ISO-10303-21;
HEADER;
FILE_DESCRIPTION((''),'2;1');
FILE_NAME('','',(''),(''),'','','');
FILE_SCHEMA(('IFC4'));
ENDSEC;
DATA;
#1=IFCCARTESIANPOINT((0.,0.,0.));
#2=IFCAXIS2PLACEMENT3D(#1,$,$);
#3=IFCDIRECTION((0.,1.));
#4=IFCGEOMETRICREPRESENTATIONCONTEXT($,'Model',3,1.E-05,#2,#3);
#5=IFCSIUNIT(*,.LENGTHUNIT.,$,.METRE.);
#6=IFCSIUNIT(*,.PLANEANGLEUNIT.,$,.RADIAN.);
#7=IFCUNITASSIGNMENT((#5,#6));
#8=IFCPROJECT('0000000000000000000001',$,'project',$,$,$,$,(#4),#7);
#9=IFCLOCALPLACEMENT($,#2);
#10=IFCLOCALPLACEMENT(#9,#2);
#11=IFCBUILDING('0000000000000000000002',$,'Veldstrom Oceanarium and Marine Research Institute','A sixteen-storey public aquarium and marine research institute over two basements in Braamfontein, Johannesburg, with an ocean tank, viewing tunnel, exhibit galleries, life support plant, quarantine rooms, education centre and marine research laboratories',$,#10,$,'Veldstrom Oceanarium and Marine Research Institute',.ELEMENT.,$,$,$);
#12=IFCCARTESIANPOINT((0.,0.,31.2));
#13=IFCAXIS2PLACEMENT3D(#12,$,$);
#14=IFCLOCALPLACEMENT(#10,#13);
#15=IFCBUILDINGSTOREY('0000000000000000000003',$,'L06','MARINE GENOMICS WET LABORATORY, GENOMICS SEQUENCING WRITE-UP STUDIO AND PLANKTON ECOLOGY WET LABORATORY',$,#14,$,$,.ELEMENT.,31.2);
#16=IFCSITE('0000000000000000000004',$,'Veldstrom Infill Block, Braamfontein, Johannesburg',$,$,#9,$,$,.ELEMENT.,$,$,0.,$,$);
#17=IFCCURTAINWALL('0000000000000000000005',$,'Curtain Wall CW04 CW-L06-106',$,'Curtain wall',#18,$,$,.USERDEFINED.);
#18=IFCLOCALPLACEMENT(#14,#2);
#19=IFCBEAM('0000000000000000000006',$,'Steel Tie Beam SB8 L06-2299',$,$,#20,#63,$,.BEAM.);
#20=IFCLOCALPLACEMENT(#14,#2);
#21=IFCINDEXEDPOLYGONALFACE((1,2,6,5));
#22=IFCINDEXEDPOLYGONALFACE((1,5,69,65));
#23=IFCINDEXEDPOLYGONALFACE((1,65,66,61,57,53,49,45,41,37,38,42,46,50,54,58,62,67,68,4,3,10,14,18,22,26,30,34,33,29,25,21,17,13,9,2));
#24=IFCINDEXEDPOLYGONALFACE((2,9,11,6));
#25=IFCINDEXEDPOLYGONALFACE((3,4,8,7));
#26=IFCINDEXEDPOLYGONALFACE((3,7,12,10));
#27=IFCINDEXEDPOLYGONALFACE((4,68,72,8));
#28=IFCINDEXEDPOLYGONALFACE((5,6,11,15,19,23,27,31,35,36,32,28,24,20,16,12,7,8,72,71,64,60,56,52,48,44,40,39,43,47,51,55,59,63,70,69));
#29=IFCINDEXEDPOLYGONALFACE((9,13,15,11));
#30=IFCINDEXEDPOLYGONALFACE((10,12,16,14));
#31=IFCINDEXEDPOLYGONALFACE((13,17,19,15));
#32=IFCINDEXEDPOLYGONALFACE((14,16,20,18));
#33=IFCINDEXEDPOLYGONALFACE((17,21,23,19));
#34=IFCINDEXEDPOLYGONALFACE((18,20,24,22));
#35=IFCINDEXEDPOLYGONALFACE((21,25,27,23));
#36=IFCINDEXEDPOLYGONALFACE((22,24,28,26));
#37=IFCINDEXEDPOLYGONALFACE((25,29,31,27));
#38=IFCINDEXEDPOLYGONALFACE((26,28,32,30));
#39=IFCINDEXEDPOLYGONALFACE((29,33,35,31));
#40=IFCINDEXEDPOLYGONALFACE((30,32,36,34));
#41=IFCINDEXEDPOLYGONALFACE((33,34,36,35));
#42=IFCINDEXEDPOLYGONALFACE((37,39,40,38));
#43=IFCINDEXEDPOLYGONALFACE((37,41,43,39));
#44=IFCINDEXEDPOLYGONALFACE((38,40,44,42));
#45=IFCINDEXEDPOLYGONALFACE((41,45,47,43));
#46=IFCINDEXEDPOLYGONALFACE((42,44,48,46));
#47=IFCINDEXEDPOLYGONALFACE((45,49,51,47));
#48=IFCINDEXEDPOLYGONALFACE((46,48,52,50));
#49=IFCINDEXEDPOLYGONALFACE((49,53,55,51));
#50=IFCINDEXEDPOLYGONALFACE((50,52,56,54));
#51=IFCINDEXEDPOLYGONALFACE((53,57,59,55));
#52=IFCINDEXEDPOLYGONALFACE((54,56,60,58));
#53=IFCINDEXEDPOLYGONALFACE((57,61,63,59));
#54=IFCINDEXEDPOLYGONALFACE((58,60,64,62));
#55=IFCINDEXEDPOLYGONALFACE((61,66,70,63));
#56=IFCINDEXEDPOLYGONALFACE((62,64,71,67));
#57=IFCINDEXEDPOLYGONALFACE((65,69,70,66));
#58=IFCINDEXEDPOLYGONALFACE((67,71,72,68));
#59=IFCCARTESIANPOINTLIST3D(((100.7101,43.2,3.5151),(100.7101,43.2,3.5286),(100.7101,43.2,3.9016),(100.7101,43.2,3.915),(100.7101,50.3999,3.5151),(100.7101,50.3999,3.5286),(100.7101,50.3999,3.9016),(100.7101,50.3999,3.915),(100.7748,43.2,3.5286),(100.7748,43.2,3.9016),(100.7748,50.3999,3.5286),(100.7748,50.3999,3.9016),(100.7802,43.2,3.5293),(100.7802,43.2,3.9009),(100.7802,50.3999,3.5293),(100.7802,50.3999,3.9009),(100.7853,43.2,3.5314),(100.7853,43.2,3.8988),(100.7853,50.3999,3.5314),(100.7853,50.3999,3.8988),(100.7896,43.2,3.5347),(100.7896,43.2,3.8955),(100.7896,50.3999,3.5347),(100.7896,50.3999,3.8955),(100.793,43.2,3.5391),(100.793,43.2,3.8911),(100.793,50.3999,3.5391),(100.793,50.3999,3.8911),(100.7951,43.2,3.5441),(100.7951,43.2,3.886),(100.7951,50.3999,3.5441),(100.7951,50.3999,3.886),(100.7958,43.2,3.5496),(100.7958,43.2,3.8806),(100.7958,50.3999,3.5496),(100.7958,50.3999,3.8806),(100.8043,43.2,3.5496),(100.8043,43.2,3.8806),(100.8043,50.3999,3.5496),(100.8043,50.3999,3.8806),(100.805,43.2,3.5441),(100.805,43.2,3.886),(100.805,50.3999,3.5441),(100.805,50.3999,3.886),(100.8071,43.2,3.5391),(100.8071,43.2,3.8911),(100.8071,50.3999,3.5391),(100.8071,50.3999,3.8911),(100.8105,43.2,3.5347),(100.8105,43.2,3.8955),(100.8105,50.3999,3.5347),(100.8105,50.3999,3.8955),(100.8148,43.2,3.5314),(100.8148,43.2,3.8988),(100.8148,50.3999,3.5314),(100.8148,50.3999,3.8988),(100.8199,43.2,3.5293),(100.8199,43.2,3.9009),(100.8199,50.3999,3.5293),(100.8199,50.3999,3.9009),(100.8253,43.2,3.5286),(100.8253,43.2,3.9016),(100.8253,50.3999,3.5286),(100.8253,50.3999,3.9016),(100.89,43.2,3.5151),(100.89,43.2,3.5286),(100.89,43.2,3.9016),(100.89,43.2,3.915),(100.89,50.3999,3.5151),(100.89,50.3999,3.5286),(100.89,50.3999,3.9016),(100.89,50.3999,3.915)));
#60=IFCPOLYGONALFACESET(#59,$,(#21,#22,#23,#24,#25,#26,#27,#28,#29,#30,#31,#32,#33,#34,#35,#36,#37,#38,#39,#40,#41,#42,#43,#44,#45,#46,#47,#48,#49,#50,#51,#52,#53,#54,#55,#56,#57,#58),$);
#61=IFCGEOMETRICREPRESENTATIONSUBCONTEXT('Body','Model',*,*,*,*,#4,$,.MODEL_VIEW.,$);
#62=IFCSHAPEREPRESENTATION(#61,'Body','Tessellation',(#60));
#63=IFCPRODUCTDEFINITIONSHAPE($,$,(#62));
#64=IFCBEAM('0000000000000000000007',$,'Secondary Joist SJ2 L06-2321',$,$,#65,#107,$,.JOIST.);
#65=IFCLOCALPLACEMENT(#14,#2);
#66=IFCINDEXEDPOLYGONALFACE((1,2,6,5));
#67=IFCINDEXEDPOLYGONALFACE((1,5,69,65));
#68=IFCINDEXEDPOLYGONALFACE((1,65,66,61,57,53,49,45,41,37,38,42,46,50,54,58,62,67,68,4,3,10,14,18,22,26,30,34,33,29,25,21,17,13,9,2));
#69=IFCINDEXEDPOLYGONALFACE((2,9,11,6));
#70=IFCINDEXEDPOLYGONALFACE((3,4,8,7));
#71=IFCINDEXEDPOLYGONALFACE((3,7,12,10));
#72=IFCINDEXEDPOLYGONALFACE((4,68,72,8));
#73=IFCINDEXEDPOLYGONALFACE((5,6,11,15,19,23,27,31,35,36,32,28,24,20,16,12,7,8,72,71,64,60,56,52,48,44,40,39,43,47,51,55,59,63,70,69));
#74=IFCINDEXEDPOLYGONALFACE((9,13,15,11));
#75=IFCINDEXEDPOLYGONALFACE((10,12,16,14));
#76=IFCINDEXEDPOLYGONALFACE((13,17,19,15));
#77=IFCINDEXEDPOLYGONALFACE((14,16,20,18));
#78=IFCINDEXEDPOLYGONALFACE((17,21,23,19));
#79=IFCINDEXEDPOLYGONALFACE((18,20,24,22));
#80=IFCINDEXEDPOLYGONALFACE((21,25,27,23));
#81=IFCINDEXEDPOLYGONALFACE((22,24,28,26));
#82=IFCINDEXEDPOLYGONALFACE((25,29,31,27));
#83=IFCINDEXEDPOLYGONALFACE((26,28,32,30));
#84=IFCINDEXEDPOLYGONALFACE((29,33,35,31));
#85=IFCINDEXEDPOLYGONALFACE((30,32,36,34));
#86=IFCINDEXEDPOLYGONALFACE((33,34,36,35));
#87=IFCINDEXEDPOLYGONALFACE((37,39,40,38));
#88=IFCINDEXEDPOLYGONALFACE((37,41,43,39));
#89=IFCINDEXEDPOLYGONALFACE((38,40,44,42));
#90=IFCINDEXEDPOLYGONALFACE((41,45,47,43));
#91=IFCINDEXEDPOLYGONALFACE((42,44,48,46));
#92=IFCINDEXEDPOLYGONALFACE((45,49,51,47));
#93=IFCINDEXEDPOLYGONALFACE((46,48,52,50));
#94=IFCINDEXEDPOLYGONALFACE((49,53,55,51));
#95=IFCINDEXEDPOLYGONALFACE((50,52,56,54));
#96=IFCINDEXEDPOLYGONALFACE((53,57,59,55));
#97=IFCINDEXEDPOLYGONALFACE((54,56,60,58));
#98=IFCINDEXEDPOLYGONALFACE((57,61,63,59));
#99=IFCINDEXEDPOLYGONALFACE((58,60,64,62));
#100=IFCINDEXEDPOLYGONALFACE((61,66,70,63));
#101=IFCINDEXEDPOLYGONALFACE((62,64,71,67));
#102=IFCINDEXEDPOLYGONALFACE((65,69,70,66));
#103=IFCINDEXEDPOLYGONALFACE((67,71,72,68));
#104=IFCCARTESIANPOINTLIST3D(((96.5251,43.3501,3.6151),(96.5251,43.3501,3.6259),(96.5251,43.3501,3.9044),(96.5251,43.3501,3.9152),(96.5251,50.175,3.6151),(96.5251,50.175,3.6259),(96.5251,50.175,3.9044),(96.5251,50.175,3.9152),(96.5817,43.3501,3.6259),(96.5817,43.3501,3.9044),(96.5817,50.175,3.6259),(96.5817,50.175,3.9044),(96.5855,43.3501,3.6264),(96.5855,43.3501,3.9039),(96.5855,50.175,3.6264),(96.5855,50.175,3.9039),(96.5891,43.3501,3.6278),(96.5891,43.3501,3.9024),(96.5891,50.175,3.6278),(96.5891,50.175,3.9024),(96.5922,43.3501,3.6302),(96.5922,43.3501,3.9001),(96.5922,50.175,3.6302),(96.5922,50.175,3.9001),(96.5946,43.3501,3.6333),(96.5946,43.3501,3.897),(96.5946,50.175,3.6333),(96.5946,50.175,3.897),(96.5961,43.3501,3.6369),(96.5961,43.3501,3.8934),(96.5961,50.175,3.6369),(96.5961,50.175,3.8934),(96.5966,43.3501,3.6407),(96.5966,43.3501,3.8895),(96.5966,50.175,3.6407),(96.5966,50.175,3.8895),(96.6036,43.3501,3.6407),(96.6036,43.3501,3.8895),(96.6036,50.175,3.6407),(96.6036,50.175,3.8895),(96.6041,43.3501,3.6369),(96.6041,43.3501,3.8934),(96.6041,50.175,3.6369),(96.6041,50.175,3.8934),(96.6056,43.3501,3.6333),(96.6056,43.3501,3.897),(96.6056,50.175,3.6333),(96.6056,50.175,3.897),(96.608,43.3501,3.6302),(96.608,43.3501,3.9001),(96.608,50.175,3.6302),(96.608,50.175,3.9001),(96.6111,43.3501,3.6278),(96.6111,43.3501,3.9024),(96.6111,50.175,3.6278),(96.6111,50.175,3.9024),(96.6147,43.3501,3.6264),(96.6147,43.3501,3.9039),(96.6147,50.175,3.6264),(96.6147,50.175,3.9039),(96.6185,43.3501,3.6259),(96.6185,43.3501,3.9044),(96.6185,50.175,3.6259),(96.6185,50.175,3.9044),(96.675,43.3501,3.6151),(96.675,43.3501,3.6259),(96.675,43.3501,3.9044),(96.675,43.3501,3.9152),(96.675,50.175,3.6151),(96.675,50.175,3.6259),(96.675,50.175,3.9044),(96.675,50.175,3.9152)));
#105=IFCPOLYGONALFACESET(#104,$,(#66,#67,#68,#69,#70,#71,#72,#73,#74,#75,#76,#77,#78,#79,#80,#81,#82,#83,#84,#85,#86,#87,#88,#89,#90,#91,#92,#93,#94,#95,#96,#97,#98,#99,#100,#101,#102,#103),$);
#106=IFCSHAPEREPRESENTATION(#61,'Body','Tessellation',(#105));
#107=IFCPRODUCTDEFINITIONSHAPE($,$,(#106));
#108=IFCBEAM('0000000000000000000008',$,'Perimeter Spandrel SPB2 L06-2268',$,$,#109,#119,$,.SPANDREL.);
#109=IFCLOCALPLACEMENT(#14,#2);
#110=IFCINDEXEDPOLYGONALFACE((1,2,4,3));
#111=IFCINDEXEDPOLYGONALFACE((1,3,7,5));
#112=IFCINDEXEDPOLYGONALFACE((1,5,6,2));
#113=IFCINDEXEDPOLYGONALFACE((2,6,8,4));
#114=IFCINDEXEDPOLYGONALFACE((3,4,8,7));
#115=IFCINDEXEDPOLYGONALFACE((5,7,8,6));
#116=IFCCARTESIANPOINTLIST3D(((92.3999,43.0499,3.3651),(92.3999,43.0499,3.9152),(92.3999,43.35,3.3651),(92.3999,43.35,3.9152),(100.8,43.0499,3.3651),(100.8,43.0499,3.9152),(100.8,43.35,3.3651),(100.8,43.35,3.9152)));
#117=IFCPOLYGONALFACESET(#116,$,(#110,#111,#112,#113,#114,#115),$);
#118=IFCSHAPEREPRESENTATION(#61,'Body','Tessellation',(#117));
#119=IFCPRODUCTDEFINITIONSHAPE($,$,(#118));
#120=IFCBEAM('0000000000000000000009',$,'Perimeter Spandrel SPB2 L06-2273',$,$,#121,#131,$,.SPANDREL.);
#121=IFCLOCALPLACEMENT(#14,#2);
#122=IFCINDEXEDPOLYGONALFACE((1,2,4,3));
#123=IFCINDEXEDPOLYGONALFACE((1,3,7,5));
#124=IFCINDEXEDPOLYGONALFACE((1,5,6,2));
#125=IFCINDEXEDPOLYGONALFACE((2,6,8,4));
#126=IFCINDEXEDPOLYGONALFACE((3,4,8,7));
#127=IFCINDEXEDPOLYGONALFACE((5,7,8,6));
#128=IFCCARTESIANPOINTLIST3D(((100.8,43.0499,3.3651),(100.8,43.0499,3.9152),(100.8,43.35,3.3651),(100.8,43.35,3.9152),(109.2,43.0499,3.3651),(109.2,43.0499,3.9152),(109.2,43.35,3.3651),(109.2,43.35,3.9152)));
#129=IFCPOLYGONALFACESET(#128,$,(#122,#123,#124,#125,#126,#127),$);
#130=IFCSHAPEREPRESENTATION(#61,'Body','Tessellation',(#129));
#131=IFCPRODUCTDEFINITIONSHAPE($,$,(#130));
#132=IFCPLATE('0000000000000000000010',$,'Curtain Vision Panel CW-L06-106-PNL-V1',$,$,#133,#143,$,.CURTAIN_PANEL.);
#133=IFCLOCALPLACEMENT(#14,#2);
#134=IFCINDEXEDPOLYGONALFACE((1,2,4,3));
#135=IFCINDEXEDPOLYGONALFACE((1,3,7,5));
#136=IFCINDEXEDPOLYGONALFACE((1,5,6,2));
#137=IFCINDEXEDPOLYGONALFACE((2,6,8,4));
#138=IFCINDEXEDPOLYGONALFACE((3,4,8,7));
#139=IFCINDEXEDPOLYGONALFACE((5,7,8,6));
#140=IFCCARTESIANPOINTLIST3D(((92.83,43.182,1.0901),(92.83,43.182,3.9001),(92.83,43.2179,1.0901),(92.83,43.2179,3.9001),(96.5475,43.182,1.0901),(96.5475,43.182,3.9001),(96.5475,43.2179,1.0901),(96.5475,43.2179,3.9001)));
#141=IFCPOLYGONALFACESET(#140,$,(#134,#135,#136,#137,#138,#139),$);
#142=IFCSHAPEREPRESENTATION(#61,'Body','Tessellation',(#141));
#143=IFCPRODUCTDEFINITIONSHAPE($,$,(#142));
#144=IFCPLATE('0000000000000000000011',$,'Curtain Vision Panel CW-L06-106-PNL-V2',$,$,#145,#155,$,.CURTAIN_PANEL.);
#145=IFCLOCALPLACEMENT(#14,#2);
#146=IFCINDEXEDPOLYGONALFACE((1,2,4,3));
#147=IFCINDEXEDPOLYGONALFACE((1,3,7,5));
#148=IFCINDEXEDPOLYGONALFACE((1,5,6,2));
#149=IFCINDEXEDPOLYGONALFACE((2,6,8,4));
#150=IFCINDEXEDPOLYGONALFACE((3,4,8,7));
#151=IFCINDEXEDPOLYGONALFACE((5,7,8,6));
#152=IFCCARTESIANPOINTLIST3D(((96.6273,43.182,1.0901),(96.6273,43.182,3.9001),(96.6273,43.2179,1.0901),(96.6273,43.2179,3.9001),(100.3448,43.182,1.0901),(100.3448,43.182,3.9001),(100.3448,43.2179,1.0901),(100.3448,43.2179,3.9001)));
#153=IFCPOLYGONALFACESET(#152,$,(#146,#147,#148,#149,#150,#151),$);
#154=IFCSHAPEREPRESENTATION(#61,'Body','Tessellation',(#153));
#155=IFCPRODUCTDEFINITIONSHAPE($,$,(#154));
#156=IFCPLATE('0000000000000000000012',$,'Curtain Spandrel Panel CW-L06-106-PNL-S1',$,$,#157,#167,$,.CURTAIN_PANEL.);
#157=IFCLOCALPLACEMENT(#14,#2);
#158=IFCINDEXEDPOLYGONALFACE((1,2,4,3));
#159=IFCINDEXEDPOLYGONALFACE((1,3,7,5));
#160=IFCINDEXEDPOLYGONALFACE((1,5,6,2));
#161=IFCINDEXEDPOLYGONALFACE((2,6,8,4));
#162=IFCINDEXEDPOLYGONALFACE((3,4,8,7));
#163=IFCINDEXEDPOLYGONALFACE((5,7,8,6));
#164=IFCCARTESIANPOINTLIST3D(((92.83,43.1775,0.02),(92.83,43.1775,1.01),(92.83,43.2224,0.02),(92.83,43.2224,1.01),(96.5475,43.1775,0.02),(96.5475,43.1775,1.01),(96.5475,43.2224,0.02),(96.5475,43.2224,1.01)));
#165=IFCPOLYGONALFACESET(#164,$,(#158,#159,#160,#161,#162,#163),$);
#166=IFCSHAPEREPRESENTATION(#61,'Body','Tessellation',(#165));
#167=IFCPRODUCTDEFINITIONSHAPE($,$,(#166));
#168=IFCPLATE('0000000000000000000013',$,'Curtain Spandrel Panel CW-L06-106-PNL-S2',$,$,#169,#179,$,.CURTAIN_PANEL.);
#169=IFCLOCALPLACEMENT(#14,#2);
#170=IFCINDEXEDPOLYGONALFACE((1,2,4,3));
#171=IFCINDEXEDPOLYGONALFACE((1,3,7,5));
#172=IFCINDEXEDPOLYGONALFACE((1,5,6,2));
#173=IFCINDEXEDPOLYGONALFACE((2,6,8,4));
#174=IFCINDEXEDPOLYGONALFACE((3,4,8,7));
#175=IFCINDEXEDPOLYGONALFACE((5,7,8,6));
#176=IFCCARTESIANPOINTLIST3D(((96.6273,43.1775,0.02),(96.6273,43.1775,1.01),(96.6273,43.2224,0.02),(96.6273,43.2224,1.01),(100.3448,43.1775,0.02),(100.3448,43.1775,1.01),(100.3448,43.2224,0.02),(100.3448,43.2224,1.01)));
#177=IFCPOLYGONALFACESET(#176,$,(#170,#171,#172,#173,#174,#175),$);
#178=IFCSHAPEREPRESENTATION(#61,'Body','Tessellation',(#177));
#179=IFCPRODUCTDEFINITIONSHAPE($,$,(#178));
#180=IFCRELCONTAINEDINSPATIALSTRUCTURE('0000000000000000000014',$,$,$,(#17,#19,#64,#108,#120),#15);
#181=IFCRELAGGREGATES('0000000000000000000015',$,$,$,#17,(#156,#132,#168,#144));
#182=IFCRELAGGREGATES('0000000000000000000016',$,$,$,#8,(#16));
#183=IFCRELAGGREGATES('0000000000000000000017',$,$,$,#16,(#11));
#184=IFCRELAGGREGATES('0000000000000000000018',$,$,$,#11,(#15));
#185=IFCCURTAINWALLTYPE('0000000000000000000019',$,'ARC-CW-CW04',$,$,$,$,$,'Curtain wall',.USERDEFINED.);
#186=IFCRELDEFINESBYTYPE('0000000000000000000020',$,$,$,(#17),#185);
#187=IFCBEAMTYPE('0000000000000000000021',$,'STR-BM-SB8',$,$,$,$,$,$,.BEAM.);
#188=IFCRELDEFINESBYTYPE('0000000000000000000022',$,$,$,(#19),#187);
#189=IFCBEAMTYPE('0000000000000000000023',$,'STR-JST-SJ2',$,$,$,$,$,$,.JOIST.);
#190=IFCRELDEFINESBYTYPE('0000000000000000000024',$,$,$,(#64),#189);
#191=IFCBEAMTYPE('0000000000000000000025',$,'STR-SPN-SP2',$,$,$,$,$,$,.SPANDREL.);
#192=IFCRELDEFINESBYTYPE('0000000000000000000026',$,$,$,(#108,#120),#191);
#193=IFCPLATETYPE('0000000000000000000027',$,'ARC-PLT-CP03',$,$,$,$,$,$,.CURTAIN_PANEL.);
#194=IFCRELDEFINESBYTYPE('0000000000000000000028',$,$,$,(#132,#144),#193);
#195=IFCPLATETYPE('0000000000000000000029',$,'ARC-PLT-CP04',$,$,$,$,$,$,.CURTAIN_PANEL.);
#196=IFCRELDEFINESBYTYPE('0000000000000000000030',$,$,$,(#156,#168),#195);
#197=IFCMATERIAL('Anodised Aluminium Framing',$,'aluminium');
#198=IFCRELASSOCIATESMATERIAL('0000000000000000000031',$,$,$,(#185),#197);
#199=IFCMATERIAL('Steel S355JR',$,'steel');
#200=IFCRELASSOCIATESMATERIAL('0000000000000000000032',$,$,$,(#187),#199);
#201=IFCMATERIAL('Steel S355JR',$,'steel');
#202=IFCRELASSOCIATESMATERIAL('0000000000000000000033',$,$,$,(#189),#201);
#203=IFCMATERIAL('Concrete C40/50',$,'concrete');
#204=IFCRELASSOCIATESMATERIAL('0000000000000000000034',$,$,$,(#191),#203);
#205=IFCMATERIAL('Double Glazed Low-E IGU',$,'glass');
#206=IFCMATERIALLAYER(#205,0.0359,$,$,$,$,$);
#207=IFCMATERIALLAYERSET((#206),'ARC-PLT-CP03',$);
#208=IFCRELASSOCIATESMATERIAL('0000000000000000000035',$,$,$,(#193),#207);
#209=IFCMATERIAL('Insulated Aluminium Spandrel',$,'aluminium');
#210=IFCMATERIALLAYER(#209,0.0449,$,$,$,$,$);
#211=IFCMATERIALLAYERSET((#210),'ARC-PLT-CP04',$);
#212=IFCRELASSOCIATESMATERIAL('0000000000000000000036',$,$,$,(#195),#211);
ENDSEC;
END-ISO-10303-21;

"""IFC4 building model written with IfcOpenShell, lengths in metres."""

from ifc_helpers import new_model, si_unit, direction, frame, origin, origin_2d, place, context, subcontext, project, spatial, rectangle, i_section, extrude, material, layer, layer_set, material_profile, profile_set, type_object, element, aggregate, save


model = new_model("IFC4")

# Units and contexts
model_context = context("Model", 3, precision=1e-05, world=origin(), true_north=direction((0.0, 1.0)))
body_context = subcontext(model_context, "Body", "Model", "MODEL_VIEW")
ifc_project = project(units=[si_unit("LENGTHUNIT", "METRE"), si_unit("PLANEANGLEUNIT", "RADIAN")], contexts=[model_context])

# Site, building, storey
site_placement = place(None, origin())
site = spatial("IfcSite", under=ifc_project, at=site_placement, Name="Veldstrom Infill Block, Braamfontein, Johannesburg", CompositionType="ELEMENT", RefElevation=0.0)
building_placement = place(site_placement, origin())
building = spatial("IfcBuilding", under=site, at=building_placement, Name="Veldstrom Oceanarium and Marine Research Institute", Description="A sixteen-storey public aquarium and marine research institute over two basements in Braamfontein, Johannesburg, with an ocean tank, viewing tunnel, exhibit galleries, life support plant, quarantine rooms, education centre and marine research laboratories", LongName="Veldstrom Oceanarium and Marine Research Institute", CompositionType="ELEMENT")
storey_placement = place(building_placement, frame((0.0, 0.0, 31.2)))
storey = spatial("IfcBuildingStorey", under=building, at=storey_placement, Name="L06", Description="MARINE GENOMICS WET LABORATORY, GENOMICS SEQUENCING WRITE-UP STUDIO AND PLANKTON ECOLOGY WET LABORATORY", CompositionType="ELEMENT", Elevation=31.2)

# Shared definitions
ifc_material_1 = material(Name="Anodised Aluminium Framing", Category="aluminium")
curtain_wall_type = type_object("IfcCurtainWallType", Name="ARC-CW-CW04", ElementType="Curtain wall", PredefinedType="USERDEFINED", material=ifc_material_1)

# Curtain wall
curtain_wall_1_placement = place(storey_placement, origin())
curtain_wall_1 = element("IfcCurtainWall", 1, at=curtain_wall_1_placement, inside=storey, type_object=curtain_wall_type, Name="Curtain Wall CW04 CW-L06-106", ObjectType="Curtain wall", PredefinedType="USERDEFINED")

# Beams
ifc_material_2 = material(Name="Steel S355JR", Category="steel")
ifc_material_profile_1 = material_profile(ifc_material_2, i_section(OverallWidth=0.1799, OverallDepth=0.3999, WebThickness=0.0085, FlangeThickness=0.0134, FilletRadius=0.021, at=origin_2d()), Name="IPE 400")
ifc_profile_set_1 = profile_set([ifc_material_profile_1], Name="Steel S355JR")
beam_type_1 = type_object("IfcBeamType", Name="STR-BM-SB8", PredefinedType="BEAM", material=ifc_profile_set_1)
beam_1_placement = place(storey_placement, frame((100.8, 43.2, 3.7151), z_axis=(0.0, 1.0, 0.0), x_axis=(-1.0, 0.0, 0.0)))
element("IfcBeam", 2, at=beam_1_placement, inside=storey, type_object=beam_type_1, Name="Steel Tie Beam SB8 L06-2299", PredefinedType="BEAM", context=body_context, shape_type="SweptSolid", body=[
    extrude(i_section(OverallWidth=0.1799, OverallDepth=0.3999, WebThickness=0.0085, FlangeThickness=0.0134, FilletRadius=0.021, at=origin_2d()), origin(), (0.0, 0.0, 1.0), 7.2),
])
ifc_material_3 = material(Name="Steel S355JR", Category="steel")
ifc_material_profile_2 = material_profile(ifc_material_3, i_section(OverallWidth=0.1499, OverallDepth=0.3, WebThickness=0.0071, FlangeThickness=0.0107, FilletRadius=0.0149, at=origin_2d()), Name="IPE 300")
ifc_profile_set_2 = profile_set([ifc_material_profile_2], Name="Steel S355JR")
beam_type_2 = type_object("IfcBeamType", Name="STR-JST-SJ2", PredefinedType="JOIST", material=ifc_profile_set_2)
beam_2_placement = place(storey_placement, frame((96.6001, 43.3501, 3.7651), z_axis=(0.0, 1.0, 0.0), x_axis=(-1.0, 0.0, 0.0)))
element("IfcBeam", 3, at=beam_2_placement, inside=storey, type_object=beam_type_2, Name="Secondary Joist SJ2 L06-2321", PredefinedType="JOIST", context=body_context, shape_type="SweptSolid", body=[
    extrude(i_section(OverallWidth=0.1499, OverallDepth=0.3, WebThickness=0.0071, FlangeThickness=0.0107, FilletRadius=0.0149, at=origin_2d()), origin(), (0.0, 0.0, 1.0), 6.825),
])
ifc_material_4 = material(Name="Concrete C40/50", Category="concrete")
ifc_material_profile_3 = material_profile(ifc_material_4, rectangle(XDim=0.3, YDim=0.55, at=origin_2d()), Name="RC-SPN-300x550")
ifc_profile_set_3 = profile_set([ifc_material_profile_3], Name="Concrete C40/50")
beam_type_3 = type_object("IfcBeamType", Name="STR-SPN-SP2", PredefinedType="SPANDREL", material=ifc_profile_set_3)
beam_3_placement = place(storey_placement, frame((92.3999, 43.2, 3.6401), z_axis=(1.0, 0.0, 0.0), x_axis=(0.0, 1.0, 0.0)))
element("IfcBeam", 4, at=beam_3_placement, inside=storey, type_object=beam_type_3, Name="Perimeter Spandrel SPB2 L06-2268", PredefinedType="SPANDREL", context=body_context, shape_type="SweptSolid", body=[
    extrude(rectangle(XDim=0.3, YDim=0.55, at=origin_2d()), origin(), (0.0, 0.0, 1.0), 8.4001),
])
beam_4_placement = place(storey_placement, frame((100.8, 43.2, 3.6401), z_axis=(1.0, 0.0, 0.0), x_axis=(0.0, 1.0, 0.0)))
element("IfcBeam", 5, at=beam_4_placement, inside=storey, type_object=beam_type_3, Name="Perimeter Spandrel SPB2 L06-2273", PredefinedType="SPANDREL", context=body_context, shape_type="SweptSolid", body=[
    extrude(rectangle(XDim=0.3, YDim=0.55, at=origin_2d()), origin(), (0.0, 0.0, 1.0), 8.3999),
])

# Plates
ifc_material_5 = material(Name="Double Glazed Low-E IGU", Category="glass")
ifc_layer_1 = layer(ifc_material_5, 0.0359)
ifc_layer_set_1 = layer_set([ifc_layer_1], Name="ARC-PLT-CP03")
plate_type_1 = type_object("IfcPlateType", Name="ARC-PLT-CP03", PredefinedType="CURTAIN_PANEL", material=ifc_layer_set_1)
plate_1_placement = place(storey_placement, frame((94.6887, 43.2, 1.0901), z_axis=(0.0, 0.0, 1.0), x_axis=(1.0, 0.0, 0.0)))
plate_1 = element("IfcPlate", 6, at=plate_1_placement, type_object=plate_type_1, Name="Curtain Vision Panel CW-L06-106-PNL-V1", PredefinedType="CURTAIN_PANEL", context=body_context, shape_type="SweptSolid", body=[
    extrude(rectangle(XDim=3.7175, YDim=0.0359, at=origin_2d()), origin(), (0.0, 0.0, 1.0), 2.8101),
])
plate_2_placement = place(storey_placement, frame((98.4861, 43.2, 1.0901), z_axis=(0.0, 0.0, 1.0), x_axis=(1.0, 0.0, 0.0)))
plate_2 = element("IfcPlate", 7, at=plate_2_placement, type_object=plate_type_1, Name="Curtain Vision Panel CW-L06-106-PNL-V2", PredefinedType="CURTAIN_PANEL", context=body_context, shape_type="SweptSolid", body=[
    extrude(rectangle(XDim=3.7175, YDim=0.0359, at=origin_2d()), origin(), (0.0, 0.0, 1.0), 2.8101),
])
ifc_material_6 = material(Name="Insulated Aluminium Spandrel", Category="aluminium")
ifc_layer_2 = layer(ifc_material_6, 0.0449)
ifc_layer_set_2 = layer_set([ifc_layer_2], Name="ARC-PLT-CP04")
plate_type_2 = type_object("IfcPlateType", Name="ARC-PLT-CP04", PredefinedType="CURTAIN_PANEL", material=ifc_layer_set_2)
plate_3_placement = place(storey_placement, frame((94.6887, 43.2, 0.02), z_axis=(0.0, 0.0, 1.0), x_axis=(1.0, 0.0, 0.0)))
plate_3 = element("IfcPlate", 8, at=plate_3_placement, type_object=plate_type_2, Name="Curtain Spandrel Panel CW-L06-106-PNL-S1", PredefinedType="CURTAIN_PANEL", context=body_context, shape_type="SweptSolid", body=[
    extrude(rectangle(XDim=3.7175, YDim=0.0449, at=origin_2d()), origin(), (0.0, 0.0, 1.0), 0.99),
])
plate_4_placement = place(storey_placement, frame((98.4861, 43.2, 0.02), z_axis=(0.0, 0.0, 1.0), x_axis=(1.0, 0.0, 0.0)))
plate_4 = element("IfcPlate", 9, at=plate_4_placement, type_object=plate_type_2, Name="Curtain Spandrel Panel CW-L06-106-PNL-S2", PredefinedType="CURTAIN_PANEL", context=body_context, shape_type="SweptSolid", body=[
    extrude(rectangle(XDim=3.7175, YDim=0.0449, at=origin_2d()), origin(), (0.0, 0.0, 1.0), 0.99),
])
aggregate(curtain_wall_1, [plate_3, plate_1, plate_4, plate_2])

save(model, "model.ifc")
